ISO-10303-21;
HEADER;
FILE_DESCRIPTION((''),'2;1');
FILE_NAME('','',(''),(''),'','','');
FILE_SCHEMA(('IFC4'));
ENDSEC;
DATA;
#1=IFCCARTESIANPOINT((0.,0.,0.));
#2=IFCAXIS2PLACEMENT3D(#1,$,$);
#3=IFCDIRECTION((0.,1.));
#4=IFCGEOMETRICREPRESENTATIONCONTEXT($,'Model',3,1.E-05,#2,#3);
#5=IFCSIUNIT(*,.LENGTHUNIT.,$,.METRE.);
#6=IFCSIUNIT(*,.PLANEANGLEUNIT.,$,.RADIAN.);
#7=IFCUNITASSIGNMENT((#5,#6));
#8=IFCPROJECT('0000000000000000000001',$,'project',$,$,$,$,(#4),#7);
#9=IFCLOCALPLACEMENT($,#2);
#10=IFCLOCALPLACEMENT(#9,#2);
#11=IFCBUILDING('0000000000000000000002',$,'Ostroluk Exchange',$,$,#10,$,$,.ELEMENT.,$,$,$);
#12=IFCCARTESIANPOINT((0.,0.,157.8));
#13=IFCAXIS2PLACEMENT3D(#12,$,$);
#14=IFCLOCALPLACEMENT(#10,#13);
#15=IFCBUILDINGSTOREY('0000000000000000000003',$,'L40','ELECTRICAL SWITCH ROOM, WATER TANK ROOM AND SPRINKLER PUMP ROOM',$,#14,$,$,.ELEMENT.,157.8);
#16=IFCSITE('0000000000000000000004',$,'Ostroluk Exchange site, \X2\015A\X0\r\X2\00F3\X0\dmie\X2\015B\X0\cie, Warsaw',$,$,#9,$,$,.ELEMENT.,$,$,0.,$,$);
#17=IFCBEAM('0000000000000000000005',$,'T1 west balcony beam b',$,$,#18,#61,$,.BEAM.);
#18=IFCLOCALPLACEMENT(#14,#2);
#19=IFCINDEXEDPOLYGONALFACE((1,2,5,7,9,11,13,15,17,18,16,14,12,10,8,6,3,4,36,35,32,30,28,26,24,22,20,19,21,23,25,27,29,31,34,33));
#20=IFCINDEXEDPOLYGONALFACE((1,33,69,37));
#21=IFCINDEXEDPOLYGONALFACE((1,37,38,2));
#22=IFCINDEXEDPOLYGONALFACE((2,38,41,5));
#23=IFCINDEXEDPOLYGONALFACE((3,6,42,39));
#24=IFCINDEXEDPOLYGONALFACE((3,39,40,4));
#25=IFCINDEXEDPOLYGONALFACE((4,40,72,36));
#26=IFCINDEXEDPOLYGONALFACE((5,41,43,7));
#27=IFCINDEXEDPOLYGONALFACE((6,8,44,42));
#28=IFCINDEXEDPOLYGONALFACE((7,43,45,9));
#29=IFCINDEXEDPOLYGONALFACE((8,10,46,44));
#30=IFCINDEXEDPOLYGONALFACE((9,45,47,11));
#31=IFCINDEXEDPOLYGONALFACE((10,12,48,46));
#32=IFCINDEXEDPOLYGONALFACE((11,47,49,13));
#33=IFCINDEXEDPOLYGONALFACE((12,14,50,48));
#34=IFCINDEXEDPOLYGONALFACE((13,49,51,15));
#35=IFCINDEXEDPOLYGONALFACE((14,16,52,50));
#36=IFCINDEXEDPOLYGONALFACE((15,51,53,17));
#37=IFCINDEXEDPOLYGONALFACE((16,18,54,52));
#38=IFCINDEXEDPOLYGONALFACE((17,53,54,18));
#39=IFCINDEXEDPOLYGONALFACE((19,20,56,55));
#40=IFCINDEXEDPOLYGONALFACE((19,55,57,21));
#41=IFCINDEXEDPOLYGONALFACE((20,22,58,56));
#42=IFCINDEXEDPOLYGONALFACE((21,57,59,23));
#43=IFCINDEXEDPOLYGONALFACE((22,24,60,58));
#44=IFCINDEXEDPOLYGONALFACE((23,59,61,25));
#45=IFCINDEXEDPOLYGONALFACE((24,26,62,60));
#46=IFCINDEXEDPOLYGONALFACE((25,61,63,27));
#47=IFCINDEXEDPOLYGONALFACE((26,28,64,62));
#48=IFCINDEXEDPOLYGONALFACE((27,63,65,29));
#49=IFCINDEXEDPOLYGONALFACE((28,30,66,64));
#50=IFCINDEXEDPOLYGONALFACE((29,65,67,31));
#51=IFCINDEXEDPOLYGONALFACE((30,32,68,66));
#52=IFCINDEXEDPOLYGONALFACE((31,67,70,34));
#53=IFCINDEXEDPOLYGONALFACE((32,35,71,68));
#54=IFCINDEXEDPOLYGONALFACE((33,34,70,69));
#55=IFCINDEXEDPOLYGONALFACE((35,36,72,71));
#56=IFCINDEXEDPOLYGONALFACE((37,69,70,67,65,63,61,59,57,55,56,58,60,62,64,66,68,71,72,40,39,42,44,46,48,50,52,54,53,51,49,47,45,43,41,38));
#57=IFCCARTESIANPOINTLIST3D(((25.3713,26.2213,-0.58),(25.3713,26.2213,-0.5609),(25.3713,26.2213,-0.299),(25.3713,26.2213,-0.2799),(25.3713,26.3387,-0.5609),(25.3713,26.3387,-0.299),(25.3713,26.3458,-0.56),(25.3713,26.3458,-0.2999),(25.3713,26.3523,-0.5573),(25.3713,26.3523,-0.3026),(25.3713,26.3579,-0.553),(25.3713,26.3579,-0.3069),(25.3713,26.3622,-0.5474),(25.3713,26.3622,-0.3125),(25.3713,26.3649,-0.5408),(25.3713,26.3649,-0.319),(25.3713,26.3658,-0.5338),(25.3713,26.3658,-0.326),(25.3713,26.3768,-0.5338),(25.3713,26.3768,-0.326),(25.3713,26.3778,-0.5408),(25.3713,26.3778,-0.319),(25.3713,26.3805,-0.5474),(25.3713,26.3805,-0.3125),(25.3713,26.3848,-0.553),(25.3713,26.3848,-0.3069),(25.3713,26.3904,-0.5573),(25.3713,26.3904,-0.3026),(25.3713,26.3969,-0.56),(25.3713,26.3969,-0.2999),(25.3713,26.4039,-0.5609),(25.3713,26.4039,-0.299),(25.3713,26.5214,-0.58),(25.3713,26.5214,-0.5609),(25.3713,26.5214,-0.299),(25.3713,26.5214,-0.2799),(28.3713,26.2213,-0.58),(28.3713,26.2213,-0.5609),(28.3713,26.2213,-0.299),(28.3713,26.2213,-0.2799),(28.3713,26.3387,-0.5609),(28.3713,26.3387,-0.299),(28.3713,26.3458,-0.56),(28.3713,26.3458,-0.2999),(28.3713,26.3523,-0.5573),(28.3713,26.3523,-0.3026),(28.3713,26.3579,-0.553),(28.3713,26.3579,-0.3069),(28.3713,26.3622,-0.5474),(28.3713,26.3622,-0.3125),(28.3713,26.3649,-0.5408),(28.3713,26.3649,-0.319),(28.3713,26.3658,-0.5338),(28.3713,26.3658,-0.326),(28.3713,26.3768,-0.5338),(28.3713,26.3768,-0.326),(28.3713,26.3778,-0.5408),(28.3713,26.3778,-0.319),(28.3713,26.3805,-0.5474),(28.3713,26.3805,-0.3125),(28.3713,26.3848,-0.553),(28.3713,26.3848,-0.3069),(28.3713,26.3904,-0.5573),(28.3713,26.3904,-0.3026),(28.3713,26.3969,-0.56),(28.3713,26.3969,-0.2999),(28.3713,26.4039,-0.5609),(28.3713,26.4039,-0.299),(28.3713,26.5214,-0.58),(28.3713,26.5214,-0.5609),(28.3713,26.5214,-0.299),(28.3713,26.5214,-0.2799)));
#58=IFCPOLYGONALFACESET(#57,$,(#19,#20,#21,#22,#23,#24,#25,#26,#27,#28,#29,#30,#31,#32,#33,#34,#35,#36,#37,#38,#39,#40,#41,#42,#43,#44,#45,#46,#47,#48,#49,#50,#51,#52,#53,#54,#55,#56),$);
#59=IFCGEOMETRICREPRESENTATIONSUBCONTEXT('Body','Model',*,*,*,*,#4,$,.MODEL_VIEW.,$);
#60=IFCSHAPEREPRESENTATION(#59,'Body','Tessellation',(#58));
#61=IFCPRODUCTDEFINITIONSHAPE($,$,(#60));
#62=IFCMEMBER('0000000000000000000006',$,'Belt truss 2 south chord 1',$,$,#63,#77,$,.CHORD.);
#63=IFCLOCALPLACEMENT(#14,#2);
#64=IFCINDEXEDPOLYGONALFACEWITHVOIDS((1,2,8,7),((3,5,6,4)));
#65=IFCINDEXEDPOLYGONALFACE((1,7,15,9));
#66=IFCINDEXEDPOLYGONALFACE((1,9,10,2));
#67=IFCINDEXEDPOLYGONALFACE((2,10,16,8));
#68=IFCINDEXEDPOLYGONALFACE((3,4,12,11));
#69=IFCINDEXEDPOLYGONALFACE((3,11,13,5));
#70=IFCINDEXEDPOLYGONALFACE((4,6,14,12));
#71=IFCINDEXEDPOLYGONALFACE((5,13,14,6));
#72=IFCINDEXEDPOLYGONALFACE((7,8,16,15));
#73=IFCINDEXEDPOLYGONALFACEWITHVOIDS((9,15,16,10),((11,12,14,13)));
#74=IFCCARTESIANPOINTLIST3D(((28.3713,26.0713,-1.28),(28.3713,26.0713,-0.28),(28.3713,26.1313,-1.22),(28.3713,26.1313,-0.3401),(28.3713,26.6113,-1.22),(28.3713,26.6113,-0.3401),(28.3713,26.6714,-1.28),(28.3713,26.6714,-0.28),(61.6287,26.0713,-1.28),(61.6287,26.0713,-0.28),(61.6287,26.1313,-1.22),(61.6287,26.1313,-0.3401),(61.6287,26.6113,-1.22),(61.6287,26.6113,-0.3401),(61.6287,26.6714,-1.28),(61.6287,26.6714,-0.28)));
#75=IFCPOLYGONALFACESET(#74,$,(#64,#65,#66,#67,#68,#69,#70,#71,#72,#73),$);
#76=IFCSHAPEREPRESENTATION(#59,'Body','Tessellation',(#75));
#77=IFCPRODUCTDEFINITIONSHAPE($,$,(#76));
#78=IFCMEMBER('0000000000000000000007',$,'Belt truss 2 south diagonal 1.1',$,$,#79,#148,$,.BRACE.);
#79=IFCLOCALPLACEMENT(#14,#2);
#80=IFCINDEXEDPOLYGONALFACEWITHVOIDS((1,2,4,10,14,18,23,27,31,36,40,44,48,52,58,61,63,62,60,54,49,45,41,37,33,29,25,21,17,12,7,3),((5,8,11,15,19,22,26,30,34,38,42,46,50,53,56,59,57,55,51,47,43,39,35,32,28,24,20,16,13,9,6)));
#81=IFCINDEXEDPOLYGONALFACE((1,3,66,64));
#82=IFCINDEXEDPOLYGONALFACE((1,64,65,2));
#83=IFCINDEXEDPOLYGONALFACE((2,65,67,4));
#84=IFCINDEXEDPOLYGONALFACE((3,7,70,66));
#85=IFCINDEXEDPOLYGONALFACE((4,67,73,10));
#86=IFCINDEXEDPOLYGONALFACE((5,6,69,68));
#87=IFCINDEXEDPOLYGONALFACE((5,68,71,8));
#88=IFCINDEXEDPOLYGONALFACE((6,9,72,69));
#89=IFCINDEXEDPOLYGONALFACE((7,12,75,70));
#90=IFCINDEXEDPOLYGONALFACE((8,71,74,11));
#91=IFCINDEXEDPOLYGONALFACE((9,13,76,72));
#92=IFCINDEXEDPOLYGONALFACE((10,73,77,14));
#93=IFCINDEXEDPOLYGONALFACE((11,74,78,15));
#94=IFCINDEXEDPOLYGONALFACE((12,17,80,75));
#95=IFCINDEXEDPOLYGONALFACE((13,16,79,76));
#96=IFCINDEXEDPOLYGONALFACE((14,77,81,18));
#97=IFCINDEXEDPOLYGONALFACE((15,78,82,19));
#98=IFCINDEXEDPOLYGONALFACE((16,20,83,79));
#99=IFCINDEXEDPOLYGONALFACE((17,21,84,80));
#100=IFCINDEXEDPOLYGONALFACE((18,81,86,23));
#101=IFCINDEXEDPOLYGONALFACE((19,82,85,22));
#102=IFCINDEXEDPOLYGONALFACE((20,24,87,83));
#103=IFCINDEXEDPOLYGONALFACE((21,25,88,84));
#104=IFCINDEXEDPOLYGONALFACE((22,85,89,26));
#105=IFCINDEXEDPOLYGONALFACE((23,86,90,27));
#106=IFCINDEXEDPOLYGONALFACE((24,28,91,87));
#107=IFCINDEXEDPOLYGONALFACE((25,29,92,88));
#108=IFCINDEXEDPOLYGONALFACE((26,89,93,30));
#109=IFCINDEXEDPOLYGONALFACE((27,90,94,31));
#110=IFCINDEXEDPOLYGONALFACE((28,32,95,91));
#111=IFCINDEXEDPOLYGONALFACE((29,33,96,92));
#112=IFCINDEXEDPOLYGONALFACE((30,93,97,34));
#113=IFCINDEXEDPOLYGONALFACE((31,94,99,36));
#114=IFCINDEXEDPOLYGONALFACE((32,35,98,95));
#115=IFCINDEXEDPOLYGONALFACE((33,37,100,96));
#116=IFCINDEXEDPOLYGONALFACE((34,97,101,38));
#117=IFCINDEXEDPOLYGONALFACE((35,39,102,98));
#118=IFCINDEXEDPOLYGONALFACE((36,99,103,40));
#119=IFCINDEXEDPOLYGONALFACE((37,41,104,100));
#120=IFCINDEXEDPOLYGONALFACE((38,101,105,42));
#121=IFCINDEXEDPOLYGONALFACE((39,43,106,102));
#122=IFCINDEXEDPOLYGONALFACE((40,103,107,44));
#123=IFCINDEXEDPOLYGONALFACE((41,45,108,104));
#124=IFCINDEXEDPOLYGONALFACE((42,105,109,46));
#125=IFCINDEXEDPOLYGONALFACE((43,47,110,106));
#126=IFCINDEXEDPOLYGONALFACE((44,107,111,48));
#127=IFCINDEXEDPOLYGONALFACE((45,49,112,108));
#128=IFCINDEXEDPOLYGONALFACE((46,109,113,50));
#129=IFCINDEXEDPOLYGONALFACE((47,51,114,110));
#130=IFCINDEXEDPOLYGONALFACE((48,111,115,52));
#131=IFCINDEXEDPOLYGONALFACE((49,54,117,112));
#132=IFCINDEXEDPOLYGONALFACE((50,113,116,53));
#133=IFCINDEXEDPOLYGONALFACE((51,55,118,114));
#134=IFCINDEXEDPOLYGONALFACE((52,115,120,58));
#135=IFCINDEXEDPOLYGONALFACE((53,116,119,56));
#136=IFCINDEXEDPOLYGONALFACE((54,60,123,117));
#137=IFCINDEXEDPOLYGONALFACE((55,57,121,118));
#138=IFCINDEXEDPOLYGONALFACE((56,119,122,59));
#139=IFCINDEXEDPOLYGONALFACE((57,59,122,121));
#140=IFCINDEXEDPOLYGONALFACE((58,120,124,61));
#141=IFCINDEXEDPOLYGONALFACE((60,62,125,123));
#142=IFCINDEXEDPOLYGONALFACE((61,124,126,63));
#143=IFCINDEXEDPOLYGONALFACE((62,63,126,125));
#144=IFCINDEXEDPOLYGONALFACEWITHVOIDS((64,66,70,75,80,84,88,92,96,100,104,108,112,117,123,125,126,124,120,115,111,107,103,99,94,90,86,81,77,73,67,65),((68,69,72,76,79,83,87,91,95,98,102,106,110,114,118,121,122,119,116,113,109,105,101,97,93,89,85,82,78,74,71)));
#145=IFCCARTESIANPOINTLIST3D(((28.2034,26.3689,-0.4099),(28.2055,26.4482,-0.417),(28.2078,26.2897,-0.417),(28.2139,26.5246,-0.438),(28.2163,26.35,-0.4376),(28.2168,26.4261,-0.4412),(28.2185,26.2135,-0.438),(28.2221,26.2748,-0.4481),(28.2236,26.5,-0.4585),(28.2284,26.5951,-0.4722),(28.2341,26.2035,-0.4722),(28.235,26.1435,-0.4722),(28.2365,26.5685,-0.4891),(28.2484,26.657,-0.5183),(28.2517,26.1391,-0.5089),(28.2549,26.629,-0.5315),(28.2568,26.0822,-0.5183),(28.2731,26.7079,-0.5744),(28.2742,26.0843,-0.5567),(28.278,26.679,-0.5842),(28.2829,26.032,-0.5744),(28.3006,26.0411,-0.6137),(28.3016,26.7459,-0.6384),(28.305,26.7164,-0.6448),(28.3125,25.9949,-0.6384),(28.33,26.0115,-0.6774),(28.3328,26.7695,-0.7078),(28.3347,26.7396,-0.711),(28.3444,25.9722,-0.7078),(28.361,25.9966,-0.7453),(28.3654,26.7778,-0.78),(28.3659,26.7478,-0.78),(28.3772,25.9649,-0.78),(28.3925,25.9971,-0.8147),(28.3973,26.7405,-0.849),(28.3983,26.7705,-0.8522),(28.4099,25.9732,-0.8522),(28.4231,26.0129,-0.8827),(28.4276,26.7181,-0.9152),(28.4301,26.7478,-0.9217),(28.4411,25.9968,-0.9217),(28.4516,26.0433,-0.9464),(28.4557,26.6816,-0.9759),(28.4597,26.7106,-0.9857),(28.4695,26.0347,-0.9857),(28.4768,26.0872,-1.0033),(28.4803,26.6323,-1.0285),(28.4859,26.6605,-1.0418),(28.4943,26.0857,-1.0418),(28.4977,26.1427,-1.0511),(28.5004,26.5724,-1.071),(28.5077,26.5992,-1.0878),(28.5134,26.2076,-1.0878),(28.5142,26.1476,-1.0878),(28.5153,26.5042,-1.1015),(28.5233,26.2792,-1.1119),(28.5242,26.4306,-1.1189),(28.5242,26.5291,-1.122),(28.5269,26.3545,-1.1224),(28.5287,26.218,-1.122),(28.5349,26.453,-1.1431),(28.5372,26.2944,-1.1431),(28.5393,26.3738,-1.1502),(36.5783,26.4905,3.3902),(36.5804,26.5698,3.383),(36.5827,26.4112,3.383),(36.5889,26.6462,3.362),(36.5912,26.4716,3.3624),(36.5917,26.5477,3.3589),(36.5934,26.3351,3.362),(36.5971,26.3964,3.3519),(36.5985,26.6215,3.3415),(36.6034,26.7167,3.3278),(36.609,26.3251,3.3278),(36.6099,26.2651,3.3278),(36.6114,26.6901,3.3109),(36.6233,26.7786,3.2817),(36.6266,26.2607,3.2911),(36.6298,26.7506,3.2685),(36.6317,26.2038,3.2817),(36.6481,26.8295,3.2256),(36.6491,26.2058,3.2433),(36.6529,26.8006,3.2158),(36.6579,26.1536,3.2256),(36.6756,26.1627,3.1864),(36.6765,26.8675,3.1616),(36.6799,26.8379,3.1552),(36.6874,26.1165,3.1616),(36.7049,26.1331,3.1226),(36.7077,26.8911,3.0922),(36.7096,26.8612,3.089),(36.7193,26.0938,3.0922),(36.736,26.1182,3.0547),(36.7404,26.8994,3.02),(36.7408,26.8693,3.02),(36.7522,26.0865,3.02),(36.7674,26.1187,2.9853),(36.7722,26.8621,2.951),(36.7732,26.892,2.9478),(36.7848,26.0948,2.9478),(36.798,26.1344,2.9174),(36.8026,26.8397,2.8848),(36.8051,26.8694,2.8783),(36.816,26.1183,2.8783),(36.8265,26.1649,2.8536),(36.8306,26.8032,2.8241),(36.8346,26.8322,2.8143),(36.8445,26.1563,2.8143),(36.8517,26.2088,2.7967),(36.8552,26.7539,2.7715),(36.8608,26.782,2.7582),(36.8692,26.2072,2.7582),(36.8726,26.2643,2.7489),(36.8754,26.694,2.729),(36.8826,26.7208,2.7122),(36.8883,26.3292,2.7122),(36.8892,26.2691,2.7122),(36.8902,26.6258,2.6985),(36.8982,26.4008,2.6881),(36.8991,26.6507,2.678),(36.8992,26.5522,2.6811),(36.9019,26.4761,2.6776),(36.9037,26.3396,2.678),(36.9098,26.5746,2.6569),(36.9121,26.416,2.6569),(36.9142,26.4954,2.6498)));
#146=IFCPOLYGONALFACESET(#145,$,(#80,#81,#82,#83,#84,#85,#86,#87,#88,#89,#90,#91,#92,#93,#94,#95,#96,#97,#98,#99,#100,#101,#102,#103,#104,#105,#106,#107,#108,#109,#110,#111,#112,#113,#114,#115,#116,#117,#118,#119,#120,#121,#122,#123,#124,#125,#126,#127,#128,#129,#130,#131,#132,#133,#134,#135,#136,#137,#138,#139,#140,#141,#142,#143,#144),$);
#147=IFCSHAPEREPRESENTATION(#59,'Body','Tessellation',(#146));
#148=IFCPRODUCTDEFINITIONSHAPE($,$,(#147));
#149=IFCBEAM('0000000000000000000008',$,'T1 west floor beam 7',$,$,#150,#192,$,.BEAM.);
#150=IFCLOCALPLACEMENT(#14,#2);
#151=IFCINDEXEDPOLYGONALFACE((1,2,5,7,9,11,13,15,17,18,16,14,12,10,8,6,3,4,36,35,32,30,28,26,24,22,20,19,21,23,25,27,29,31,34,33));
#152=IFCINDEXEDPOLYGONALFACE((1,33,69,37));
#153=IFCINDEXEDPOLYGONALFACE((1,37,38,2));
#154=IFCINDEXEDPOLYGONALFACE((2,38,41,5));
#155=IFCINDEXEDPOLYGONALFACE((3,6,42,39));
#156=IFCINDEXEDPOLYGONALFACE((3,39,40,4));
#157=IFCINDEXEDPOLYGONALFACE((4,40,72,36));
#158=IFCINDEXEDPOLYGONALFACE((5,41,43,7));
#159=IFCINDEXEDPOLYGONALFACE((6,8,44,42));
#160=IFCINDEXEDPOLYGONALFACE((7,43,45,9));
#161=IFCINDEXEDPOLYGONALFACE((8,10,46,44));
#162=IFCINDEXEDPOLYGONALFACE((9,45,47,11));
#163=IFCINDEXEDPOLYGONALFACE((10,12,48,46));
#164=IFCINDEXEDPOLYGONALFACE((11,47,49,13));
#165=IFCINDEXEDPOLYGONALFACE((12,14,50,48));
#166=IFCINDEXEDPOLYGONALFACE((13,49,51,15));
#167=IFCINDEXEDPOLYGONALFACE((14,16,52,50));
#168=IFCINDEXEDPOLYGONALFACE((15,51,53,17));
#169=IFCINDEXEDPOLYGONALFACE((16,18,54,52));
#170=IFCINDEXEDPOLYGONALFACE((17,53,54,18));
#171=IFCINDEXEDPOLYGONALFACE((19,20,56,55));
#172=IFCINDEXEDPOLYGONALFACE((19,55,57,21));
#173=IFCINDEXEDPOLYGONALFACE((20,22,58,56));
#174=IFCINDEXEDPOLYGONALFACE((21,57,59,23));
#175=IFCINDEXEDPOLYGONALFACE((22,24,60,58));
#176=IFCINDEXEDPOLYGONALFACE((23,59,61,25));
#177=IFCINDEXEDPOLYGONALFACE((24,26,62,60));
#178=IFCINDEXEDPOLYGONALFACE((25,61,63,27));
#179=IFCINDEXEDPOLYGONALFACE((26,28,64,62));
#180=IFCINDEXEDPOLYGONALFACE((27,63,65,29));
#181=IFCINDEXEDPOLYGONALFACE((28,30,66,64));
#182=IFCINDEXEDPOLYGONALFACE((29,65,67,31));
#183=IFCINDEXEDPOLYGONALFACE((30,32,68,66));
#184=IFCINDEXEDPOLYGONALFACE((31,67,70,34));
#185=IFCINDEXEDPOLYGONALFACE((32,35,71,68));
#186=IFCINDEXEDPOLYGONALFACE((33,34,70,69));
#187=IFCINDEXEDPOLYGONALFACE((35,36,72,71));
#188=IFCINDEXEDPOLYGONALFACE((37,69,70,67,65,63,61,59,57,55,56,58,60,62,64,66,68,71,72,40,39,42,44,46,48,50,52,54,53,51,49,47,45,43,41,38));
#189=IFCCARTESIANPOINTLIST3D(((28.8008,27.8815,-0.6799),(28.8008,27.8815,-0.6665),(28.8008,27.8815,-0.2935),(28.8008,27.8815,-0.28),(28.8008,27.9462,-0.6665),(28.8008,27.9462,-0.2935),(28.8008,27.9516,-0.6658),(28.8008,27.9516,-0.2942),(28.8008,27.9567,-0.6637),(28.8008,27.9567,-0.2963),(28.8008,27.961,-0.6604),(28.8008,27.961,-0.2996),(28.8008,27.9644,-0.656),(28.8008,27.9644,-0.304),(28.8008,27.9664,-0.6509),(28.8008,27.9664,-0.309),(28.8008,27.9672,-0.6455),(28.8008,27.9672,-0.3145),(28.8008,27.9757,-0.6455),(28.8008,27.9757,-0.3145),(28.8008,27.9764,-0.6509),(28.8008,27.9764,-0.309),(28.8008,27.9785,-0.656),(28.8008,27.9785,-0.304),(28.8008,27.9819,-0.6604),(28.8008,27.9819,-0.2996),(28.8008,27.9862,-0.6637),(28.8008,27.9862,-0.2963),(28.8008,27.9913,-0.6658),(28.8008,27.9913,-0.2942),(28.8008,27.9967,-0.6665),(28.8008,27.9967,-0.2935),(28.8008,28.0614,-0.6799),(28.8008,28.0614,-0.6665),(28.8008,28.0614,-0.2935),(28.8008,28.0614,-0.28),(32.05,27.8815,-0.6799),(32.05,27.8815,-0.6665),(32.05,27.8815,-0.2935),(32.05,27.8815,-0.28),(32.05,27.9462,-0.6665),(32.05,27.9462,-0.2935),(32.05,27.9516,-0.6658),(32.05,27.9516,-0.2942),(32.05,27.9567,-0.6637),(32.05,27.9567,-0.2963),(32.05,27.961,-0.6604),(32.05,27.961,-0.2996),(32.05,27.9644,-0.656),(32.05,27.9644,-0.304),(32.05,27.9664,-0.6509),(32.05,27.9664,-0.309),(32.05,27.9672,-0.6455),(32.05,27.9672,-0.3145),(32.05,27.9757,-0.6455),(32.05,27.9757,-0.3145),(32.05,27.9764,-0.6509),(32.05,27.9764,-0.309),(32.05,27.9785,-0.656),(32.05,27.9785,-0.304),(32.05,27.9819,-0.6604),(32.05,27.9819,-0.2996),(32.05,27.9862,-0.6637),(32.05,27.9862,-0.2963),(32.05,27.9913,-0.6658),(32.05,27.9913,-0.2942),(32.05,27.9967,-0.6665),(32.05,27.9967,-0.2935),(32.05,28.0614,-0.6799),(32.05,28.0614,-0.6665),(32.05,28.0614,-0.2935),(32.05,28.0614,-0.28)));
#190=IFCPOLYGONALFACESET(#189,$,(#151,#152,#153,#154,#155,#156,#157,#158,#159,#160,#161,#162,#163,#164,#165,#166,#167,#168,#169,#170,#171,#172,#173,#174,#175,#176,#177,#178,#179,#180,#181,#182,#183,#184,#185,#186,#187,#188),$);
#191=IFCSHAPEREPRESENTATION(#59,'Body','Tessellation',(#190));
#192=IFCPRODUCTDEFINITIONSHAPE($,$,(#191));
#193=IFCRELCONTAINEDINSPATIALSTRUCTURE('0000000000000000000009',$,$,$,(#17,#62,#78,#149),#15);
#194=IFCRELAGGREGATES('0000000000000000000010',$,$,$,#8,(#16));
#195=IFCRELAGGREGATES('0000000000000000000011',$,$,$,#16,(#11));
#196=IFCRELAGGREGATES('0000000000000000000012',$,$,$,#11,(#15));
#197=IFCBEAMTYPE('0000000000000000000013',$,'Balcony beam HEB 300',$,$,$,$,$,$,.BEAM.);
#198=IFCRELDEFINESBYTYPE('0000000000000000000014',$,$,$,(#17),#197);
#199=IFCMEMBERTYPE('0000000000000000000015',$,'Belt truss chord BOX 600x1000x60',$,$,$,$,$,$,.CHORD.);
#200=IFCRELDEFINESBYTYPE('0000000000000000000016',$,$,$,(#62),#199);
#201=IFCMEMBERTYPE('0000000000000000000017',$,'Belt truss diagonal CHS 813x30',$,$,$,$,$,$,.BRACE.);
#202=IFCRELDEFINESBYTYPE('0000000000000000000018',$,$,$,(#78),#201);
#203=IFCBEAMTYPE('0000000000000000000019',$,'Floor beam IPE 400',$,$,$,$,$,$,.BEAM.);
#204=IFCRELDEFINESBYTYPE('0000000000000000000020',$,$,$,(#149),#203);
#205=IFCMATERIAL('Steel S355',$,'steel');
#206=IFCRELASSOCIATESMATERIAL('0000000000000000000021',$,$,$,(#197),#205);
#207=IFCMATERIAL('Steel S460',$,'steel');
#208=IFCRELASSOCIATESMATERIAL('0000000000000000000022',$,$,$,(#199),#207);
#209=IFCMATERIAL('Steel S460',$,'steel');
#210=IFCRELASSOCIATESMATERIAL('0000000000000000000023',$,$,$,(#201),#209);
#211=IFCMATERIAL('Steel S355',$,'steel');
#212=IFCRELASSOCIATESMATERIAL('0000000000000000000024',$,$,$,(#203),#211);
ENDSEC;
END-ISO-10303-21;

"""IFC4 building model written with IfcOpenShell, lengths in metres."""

from ifc_helpers import new_model, si_unit, direction, frame, origin, origin_2d, place, context, subcontext, project, spatial, hollow_rectangle, hollow_circle, i_section, extrude, material, material_profile, profile_set, type_object, element, save


model = new_model("IFC4")

# Units and contexts
model_context = context("Model", 3, precision=1e-05, world=origin(), true_north=direction((0.0, 1.0)))
body_context = subcontext(model_context, "Body", "Model", "MODEL_VIEW")
ifc_project = project(units=[si_unit("LENGTHUNIT", "METRE"), si_unit("PLANEANGLEUNIT", "RADIAN")], contexts=[model_context])

# Site, building, storey
site_placement = place(None, origin())
site = spatial("IfcSite", under=ifc_project, at=site_placement, Name="Ostroluk Exchange site, Śródmieście, Warsaw", CompositionType="ELEMENT", RefElevation=0.0)
building_placement = place(site_placement, origin())
building = spatial("IfcBuilding", under=site, at=building_placement, Name="Ostroluk Exchange", CompositionType="ELEMENT")
storey_placement = place(building_placement, frame((0.0, 0.0, 157.8)))
storey = spatial("IfcBuildingStorey", under=building, at=storey_placement, Name="L40", Description="ELECTRICAL SWITCH ROOM, WATER TANK ROOM AND SPRINKLER PUMP ROOM", CompositionType="ELEMENT", Elevation=157.8)

# Beam
ifc_material_1 = material(Name="Steel S355", Category="steel")
ifc_material_profile_1 = material_profile(ifc_material_1, i_section(OverallWidth=0.3, OverallDepth=0.3, WebThickness=0.011, FlangeThickness=0.019, FilletRadius=0.0271, at=origin_2d()), Name="HEB 300")
ifc_profile_set_1 = profile_set([ifc_material_profile_1], Name="Steel S355")
beam_type_1 = type_object("IfcBeamType", Name="Balcony beam HEB 300", PredefinedType="BEAM", material=ifc_profile_set_1)
beam_1_placement = place(storey_placement, frame((28.3713, 26.3713, -0.4299), z_axis=(-1.0, 0.0, 0.0), x_axis=(0.0, -1.0, 0.0)))
element("IfcBeam", 1, at=beam_1_placement, inside=storey, type_object=beam_type_1, Name="T1 west balcony beam b", PredefinedType="BEAM", context=body_context, shape_type="SweptSolid", body=[
    extrude(i_section(OverallWidth=0.3, OverallDepth=0.3, WebThickness=0.011, FlangeThickness=0.019, FilletRadius=0.0271, at=origin_2d()), origin(), (0.0, 0.0, 1.0), 3.0),
])

# Members
ifc_material_2 = material(Name="Steel S460", Category="steel")
ifc_material_profile_2 = material_profile(ifc_material_2, hollow_rectangle(XDim=0.6001, YDim=1.0, WallThickness=0.0601, at=origin_2d()), Name="BOX 600x1000x60")
ifc_profile_set_2 = profile_set([ifc_material_profile_2], Name="Steel S460")
member_type_1 = type_object("IfcMemberType", Name="Belt truss chord BOX 600x1000x60", PredefinedType="CHORD", material=ifc_profile_set_2)
member_1_placement = place(storey_placement, frame((28.3713, 26.3713, -0.78), z_axis=(1.0, 0.0, 0.0), x_axis=(0.0, 1.0, 0.0)))
element("IfcMember", 2, at=member_1_placement, inside=storey, type_object=member_type_1, Name="Belt truss 2 south chord 1", PredefinedType="CHORD", context=body_context, shape_type="SweptSolid", body=[
    extrude(hollow_rectangle(XDim=0.6001, YDim=1.0, WallThickness=0.0601, at=origin_2d()), origin(), (0.0, 0.0, 1.0), 33.2573),
])
ifc_material_3 = material(Name="Steel S460", Category="steel")
ifc_material_profile_3 = material_profile(ifc_material_3, hollow_circle(Radius=0.4065, WallThickness=0.03, at=origin_2d()), Name="CHS 813x30")
ifc_profile_set_3 = profile_set([ifc_material_profile_3], Name="Steel S460")
member_type_2 = type_object("IfcMemberType", Name="Belt truss diagonal CHS 813x30", PredefinedType="BRACE", material=ifc_profile_set_3)
member_2_placement = place(storey_placement, frame((28.3713, 26.3713, -0.78), z_axis=(0.910564, 0.013219, 0.413157), x_axis=(-0.014516, 0.999895, 0.0)))
element("IfcMember", 3, at=member_2_placement, inside=storey, type_object=member_type_2, Name="Belt truss 2 south diagonal 1.1", PredefinedType="BRACE", context=body_context, shape_type="SweptSolid", body=[
    extrude(hollow_circle(Radius=0.4065, WallThickness=0.03, at=origin_2d()), origin(), (0.0, 0.0, 1.0), 9.1975),
])

# Beam
ifc_material_4 = material(Name="Steel S355", Category="steel")
ifc_material_profile_4 = material_profile(ifc_material_4, i_section(OverallWidth=0.1799, OverallDepth=0.3999, WebThickness=0.0085, FlangeThickness=0.0134, FilletRadius=0.021, at=origin_2d()), Name="IPE 400")
ifc_profile_set_4 = profile_set([ifc_material_profile_4], Name="Steel S355")
beam_type_2 = type_object("IfcBeamType", Name="Floor beam IPE 400", PredefinedType="BEAM", material=ifc_profile_set_4)
beam_2_placement = place(storey_placement, frame((32.05, 27.9714, -0.48), z_axis=(-1.0, 0.0, 0.0), x_axis=(0.0, -1.0, 0.0)))
element("IfcBeam", 4, at=beam_2_placement, inside=storey, type_object=beam_type_2, Name="T1 west floor beam 7", PredefinedType="BEAM", context=body_context, shape_type="SweptSolid", body=[
    extrude(i_section(OverallWidth=0.1799, OverallDepth=0.3999, WebThickness=0.0085, FlangeThickness=0.0134, FilletRadius=0.021, at=origin_2d()), origin(), (0.0, 0.0, 1.0), 3.2493),
])

save(model, "model.ifc")
